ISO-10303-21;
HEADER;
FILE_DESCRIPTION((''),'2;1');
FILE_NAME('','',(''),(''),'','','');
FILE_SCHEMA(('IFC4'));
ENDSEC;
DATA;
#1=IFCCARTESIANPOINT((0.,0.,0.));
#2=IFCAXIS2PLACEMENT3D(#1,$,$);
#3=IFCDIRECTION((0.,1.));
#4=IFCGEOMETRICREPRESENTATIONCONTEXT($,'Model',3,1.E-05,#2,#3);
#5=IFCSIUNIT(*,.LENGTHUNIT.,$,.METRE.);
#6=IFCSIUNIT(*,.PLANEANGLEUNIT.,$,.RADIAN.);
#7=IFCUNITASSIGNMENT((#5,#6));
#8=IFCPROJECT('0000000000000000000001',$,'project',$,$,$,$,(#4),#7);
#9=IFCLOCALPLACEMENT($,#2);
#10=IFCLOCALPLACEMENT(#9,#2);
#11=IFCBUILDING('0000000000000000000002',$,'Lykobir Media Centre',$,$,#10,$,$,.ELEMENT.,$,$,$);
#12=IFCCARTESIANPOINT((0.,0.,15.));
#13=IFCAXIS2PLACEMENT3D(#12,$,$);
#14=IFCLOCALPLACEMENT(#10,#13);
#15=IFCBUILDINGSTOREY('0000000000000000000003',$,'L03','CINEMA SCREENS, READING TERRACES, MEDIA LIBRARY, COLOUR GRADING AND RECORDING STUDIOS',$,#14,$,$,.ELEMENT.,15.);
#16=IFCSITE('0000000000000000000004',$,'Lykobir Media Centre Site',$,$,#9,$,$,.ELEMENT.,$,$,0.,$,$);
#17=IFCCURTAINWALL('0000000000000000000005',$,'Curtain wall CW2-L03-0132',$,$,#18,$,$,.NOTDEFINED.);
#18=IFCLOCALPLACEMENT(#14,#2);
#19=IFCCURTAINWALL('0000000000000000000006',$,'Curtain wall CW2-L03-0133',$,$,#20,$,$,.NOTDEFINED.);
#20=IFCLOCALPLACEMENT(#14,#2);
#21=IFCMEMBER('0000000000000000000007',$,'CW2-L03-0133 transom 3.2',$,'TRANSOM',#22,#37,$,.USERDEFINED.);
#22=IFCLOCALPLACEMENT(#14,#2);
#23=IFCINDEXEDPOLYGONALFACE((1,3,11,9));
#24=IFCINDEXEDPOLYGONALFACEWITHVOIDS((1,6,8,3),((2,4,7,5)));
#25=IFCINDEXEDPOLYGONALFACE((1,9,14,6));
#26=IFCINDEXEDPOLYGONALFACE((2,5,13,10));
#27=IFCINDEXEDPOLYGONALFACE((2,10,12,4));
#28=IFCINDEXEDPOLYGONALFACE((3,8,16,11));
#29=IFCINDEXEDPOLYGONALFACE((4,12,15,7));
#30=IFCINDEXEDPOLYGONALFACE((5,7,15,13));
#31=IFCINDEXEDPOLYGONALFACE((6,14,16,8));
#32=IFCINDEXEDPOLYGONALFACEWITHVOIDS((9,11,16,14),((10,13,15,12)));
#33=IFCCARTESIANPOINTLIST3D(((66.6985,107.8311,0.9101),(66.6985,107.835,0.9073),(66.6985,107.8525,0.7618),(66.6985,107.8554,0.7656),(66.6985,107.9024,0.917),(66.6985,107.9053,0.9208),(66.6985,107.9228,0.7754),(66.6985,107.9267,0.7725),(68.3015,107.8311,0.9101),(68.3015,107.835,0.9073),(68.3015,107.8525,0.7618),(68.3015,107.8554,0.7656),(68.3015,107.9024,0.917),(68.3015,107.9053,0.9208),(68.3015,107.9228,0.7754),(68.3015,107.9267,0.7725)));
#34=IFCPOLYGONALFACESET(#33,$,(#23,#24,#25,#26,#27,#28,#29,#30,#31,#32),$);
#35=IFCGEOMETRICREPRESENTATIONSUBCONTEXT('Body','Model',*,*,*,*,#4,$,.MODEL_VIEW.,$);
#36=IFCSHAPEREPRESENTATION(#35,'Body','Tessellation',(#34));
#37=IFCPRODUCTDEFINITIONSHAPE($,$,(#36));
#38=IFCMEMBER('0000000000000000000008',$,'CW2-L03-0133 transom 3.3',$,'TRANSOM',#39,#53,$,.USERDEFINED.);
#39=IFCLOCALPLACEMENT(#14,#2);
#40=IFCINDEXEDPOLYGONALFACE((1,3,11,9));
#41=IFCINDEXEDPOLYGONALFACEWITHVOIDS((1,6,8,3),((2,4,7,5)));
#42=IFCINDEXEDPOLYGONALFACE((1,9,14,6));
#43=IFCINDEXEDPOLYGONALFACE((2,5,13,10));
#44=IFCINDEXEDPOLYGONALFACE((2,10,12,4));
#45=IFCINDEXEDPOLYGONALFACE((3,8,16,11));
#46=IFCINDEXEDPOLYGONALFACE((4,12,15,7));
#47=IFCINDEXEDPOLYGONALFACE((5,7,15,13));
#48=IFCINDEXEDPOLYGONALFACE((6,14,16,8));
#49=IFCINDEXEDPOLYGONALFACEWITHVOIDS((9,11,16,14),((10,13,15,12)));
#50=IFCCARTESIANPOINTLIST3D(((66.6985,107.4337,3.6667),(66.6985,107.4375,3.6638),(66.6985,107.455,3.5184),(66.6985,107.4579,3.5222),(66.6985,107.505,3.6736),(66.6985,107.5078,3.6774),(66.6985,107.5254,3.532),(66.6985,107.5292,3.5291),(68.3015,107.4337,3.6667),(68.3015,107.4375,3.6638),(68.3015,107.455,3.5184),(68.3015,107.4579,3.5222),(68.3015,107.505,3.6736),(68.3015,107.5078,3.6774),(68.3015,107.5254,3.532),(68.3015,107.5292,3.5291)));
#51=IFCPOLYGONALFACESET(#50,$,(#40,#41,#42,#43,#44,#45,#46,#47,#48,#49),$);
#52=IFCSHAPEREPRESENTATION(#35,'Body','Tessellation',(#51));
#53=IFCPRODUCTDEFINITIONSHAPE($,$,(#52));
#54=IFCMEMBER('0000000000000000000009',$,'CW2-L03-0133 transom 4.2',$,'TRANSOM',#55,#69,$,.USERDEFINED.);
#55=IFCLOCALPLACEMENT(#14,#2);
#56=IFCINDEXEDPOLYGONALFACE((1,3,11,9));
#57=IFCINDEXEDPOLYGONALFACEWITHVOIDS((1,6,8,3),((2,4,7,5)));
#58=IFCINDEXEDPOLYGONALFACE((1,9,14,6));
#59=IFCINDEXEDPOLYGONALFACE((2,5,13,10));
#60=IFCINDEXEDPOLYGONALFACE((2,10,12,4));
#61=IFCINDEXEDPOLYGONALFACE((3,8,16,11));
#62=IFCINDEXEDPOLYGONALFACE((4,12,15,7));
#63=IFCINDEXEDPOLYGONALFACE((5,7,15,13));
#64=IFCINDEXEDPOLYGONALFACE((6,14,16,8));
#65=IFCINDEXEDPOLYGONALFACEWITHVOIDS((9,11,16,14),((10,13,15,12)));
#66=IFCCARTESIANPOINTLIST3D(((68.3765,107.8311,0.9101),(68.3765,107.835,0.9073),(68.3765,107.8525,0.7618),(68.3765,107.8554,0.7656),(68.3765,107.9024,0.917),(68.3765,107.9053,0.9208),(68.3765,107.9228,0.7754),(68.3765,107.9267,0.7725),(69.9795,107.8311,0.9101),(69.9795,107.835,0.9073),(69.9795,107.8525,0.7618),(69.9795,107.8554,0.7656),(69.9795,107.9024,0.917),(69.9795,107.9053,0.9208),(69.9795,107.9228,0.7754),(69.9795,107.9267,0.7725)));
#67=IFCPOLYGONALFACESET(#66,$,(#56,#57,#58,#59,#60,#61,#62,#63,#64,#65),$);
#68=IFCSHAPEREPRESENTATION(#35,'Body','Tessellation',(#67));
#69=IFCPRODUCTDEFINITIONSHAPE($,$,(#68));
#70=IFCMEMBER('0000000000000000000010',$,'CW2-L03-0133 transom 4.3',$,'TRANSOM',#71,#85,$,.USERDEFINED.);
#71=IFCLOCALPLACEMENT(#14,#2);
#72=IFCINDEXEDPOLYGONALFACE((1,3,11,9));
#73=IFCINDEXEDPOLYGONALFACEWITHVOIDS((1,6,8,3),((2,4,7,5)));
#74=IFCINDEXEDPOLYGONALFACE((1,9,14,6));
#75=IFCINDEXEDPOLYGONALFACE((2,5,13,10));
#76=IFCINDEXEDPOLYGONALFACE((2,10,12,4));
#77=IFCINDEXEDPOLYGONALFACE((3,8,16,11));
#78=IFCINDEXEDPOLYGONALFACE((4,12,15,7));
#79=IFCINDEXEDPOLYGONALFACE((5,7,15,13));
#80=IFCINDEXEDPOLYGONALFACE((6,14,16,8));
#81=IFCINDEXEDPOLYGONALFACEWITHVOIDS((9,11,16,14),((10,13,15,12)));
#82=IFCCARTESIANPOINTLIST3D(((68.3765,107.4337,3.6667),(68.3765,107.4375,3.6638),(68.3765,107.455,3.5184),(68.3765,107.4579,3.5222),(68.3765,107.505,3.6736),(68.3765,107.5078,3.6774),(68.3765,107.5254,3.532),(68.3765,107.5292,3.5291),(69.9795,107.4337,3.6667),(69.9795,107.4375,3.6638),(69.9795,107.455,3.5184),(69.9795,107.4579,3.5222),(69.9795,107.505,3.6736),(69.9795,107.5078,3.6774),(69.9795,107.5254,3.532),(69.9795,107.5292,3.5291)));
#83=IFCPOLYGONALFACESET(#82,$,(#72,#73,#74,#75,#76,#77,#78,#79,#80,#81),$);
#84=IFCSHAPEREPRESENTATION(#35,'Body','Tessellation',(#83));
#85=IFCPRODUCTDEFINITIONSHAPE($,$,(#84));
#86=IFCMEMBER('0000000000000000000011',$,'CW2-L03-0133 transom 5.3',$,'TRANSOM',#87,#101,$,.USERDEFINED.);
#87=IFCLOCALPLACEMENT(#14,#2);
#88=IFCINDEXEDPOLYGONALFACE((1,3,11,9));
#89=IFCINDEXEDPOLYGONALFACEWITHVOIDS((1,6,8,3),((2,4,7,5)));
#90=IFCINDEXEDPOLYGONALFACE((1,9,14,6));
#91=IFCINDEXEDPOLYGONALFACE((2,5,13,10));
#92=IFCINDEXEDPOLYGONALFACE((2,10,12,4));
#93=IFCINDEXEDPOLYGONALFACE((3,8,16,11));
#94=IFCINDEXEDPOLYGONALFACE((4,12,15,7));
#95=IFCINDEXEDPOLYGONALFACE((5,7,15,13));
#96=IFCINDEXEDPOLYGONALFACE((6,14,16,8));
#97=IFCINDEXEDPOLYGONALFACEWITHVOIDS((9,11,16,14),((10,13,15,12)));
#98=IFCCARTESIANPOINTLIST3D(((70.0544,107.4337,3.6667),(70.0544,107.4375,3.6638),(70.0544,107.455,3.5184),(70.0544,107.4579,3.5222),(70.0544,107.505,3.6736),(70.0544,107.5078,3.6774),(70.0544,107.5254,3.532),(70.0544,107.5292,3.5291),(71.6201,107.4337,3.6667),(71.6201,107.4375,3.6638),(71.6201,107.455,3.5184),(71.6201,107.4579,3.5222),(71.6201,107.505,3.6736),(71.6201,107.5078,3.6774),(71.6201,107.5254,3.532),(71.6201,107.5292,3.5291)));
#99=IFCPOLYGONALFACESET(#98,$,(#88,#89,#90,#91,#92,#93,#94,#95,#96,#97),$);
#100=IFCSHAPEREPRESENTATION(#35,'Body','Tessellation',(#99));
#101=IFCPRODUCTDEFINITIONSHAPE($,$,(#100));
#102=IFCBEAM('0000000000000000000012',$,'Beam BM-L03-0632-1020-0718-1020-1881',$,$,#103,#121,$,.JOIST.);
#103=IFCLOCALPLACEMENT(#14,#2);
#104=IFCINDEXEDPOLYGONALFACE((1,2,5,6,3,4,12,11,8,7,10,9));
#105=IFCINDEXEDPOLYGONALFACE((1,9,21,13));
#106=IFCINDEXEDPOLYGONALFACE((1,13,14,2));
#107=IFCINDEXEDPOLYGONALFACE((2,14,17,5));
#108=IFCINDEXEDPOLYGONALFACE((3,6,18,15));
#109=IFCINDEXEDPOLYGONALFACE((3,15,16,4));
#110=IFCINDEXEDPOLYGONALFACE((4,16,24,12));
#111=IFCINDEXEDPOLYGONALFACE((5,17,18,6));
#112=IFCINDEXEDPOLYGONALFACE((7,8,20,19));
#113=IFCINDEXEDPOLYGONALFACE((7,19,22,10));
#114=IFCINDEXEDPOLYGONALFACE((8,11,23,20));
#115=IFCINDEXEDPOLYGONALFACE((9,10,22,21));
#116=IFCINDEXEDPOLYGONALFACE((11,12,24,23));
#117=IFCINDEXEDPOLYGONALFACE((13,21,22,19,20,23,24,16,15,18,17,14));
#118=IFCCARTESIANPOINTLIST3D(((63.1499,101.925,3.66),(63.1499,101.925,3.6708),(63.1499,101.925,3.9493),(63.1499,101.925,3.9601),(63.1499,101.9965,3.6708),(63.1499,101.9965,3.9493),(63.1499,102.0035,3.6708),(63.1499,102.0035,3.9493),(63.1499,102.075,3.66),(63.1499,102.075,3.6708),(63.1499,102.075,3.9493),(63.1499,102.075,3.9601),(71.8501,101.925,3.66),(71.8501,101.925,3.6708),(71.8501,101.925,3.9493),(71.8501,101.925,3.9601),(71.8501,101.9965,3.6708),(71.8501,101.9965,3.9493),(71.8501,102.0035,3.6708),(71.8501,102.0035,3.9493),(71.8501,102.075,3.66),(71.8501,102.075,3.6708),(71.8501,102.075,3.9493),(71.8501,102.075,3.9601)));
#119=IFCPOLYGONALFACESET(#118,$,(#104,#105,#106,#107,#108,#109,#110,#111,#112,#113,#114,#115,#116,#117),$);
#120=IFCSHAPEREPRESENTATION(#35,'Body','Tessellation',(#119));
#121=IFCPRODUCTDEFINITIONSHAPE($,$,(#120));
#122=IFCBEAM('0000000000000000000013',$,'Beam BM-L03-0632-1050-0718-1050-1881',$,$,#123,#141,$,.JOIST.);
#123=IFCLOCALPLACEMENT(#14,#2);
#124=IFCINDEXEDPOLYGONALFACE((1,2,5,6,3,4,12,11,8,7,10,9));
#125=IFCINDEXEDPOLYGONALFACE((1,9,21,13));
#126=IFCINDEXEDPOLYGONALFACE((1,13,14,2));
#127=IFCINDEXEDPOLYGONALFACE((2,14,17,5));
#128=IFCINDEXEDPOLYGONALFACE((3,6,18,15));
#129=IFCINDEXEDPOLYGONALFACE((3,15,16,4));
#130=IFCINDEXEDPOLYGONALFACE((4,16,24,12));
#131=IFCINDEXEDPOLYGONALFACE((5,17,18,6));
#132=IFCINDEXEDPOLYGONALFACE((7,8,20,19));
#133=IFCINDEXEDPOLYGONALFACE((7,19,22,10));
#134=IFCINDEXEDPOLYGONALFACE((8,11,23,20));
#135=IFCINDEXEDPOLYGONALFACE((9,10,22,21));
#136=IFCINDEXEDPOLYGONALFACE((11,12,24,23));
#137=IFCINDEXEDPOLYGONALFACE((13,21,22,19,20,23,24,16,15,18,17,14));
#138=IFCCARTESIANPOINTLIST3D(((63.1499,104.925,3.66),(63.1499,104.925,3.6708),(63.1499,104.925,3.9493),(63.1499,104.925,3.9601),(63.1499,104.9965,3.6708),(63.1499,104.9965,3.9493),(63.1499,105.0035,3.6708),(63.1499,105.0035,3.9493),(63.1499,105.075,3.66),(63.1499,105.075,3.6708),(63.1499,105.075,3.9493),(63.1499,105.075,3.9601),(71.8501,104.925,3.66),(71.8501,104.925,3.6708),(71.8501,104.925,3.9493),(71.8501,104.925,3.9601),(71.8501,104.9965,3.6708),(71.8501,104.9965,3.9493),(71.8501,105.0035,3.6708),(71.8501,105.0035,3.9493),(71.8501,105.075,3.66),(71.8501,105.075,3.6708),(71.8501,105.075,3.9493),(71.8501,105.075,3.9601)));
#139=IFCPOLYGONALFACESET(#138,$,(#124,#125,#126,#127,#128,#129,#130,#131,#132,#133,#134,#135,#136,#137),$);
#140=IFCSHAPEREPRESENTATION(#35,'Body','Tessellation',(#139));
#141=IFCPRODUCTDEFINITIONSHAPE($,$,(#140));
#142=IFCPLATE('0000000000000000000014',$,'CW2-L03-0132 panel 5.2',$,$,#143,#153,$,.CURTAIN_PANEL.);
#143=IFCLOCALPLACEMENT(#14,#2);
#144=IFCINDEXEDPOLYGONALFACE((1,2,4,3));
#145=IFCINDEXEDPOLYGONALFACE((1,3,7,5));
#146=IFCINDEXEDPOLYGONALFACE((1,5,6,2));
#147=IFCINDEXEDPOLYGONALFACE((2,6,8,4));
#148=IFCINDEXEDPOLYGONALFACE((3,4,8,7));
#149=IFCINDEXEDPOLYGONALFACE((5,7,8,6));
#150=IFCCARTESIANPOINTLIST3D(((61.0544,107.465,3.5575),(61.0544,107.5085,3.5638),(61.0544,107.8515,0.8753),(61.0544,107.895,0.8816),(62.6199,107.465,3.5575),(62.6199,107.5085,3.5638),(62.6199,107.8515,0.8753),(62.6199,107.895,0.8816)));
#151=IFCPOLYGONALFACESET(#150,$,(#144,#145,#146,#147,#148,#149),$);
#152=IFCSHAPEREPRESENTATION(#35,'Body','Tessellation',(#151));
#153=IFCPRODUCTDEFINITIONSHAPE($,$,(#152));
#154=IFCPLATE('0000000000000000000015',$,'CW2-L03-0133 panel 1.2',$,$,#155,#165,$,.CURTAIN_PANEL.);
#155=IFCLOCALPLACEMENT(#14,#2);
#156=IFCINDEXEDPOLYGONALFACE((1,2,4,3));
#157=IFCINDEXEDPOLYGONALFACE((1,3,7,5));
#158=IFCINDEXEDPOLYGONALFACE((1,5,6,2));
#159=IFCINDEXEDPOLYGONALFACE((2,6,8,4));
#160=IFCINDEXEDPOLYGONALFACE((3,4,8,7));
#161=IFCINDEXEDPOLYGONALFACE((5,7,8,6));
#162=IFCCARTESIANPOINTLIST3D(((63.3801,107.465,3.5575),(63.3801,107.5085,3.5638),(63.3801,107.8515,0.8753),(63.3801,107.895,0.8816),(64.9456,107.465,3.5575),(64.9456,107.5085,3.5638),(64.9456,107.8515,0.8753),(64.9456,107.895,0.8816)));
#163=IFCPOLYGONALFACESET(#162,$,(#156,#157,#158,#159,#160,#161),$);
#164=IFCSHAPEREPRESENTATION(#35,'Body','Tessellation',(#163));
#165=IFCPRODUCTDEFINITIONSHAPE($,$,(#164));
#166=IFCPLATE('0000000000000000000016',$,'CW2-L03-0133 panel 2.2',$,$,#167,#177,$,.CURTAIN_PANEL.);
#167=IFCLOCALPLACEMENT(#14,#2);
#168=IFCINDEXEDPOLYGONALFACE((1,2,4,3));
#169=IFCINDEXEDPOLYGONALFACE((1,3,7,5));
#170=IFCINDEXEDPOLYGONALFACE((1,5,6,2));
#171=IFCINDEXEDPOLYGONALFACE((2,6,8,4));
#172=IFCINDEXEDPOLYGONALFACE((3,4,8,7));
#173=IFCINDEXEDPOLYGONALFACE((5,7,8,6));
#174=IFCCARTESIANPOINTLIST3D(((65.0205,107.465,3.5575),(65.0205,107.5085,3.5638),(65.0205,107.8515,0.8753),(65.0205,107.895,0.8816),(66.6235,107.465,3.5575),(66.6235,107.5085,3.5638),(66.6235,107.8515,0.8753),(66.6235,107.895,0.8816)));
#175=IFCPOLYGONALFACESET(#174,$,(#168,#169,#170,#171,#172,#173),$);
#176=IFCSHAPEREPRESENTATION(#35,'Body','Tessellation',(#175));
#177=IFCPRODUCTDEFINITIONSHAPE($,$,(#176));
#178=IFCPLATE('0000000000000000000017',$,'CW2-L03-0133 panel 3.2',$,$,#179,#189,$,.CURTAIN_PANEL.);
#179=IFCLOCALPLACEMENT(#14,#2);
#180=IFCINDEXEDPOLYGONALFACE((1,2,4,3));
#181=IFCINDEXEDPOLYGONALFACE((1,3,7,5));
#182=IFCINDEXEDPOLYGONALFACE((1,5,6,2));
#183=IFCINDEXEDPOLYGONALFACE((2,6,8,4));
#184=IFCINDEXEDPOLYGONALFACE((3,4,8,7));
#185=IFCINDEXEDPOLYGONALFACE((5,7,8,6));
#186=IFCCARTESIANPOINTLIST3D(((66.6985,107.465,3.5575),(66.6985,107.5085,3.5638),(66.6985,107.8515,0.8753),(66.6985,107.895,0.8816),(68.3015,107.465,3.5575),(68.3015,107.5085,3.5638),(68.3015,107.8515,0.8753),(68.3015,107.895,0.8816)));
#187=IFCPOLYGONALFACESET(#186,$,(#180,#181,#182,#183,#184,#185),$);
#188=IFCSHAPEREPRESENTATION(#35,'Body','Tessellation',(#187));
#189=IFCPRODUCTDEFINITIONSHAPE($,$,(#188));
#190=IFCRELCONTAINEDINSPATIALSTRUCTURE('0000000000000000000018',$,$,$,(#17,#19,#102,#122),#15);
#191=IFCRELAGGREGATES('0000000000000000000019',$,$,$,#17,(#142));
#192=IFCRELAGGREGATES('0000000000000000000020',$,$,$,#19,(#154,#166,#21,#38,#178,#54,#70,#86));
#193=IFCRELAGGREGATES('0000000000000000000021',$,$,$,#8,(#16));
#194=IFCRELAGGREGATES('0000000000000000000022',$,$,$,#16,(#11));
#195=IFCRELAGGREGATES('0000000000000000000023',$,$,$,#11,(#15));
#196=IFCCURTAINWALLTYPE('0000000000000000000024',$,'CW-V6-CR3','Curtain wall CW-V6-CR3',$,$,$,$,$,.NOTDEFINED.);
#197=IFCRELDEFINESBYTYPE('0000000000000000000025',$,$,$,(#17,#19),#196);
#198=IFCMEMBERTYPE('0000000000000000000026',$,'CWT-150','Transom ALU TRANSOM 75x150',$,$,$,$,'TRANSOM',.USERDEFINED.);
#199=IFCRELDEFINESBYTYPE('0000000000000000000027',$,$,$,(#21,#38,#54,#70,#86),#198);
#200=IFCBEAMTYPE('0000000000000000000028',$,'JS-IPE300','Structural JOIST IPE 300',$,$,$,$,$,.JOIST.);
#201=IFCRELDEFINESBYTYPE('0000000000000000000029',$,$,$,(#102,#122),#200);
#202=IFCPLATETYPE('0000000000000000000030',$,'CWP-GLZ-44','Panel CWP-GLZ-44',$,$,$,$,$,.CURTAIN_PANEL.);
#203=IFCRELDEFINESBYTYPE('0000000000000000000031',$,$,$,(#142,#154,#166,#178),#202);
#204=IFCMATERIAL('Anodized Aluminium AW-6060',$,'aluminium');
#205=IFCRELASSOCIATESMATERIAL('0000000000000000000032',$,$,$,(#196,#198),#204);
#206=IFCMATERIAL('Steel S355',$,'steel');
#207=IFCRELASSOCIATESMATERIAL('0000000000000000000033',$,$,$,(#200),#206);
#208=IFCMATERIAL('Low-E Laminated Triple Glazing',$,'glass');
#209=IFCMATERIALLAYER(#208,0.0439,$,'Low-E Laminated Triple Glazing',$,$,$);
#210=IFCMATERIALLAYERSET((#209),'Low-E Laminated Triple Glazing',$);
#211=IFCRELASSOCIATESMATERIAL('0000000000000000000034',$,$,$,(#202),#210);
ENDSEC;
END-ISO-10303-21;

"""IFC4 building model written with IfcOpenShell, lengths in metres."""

from ifc_helpers import new_model, si_unit, direction, frame, origin, origin_2d, place, context, subcontext, project, spatial, rectangle, hollow_rectangle, i_section, extrude, material, layer, layer_set, material_profile, profile_set, type_object, element, aggregate, save


model = new_model("IFC4")

# Units and contexts
model_context = context("Model", 3, precision=1e-05, world=origin(), true_north=direction((0.0, 1.0)))
body_context = subcontext(model_context, "Body", "Model", "MODEL_VIEW")
ifc_project = project(units=[si_unit("LENGTHUNIT", "METRE"), si_unit("PLANEANGLEUNIT", "RADIAN")], contexts=[model_context])

# Site, building, storey
site_placement = place(None, origin())
site = spatial("IfcSite", under=ifc_project, at=site_placement, Name="Lykobir Media Centre Site", CompositionType="ELEMENT", RefElevation=0.0)
building_placement = place(site_placement, origin())
building = spatial("IfcBuilding", under=site, at=building_placement, Name="Lykobir Media Centre", CompositionType="ELEMENT")
storey_placement = place(building_placement, frame((0.0, 0.0, 15.0)))
storey = spatial("IfcBuildingStorey", under=building, at=storey_placement, Name="L03", Description="CINEMA SCREENS, READING TERRACES, MEDIA LIBRARY, COLOUR GRADING AND RECORDING STUDIOS", CompositionType="ELEMENT", Elevation=15.0)

# Shared definitions
ifc_material_1 = material(Name="Steel S355", Category="steel")

# Curtain walls, members
ifc_material_2 = material(Name="Anodized Aluminium AW-6060", Category="aluminium")
curtain_wall_type = type_object("IfcCurtainWallType", Name="CW-V6-CR3", Description="Curtain wall CW-V6-CR3", PredefinedType="NOTDEFINED", material=ifc_material_2)
curtain_wall_1_placement = place(storey_placement, origin())
curtain_wall_1 = element("IfcCurtainWall", 1, at=curtain_wall_1_placement, inside=storey, type_object=curtain_wall_type, Name="Curtain wall CW2-L03-0132", PredefinedType="NOTDEFINED")
ifc_material_profile_1 = material_profile(ifc_material_2, hollow_rectangle(XDim=0.075, YDim=0.1499, WallThickness=0.0034, at=origin_2d()), Name="ALU TRANSOM 75x150")
ifc_profile_set_1 = profile_set([ifc_material_profile_1], Name="Anodized Aluminium AW-6060")
member_type = type_object("IfcMemberType", Name="CWT-150", Description="Transom ALU TRANSOM 75x150", ElementType="TRANSOM", PredefinedType="USERDEFINED", material=ifc_profile_set_1)
curtain_wall_2_placement = place(storey_placement, origin())
curtain_wall_2 = element("IfcCurtainWall", 2, at=curtain_wall_2_placement, inside=storey, type_object=curtain_wall_type, Name="Curtain wall CW2-L03-0133", PredefinedType="NOTDEFINED")
member_1_placement = place(storey_placement, frame((66.6985, 107.8789, 0.8413), z_axis=(1.0, 0.0, 0.0), x_axis=(0.0, 0.989776, 0.142629)))
member_1 = element("IfcMember", 3, at=member_1_placement, type_object=member_type, Name="CW2-L03-0133 transom 3.2", ObjectType="TRANSOM", PredefinedType="USERDEFINED", context=body_context, shape_type="SweptSolid", body=[
    extrude(hollow_rectangle(XDim=0.075, YDim=0.1499, WallThickness=0.0034, at=origin_2d()), origin(), (0.0, 0.0, 1.0), 1.603),
])
member_2_placement = place(storey_placement, frame((66.6985, 107.4814, 3.5979), z_axis=(1.0, 0.0, 0.0), x_axis=(0.0, 0.989776, 0.142629)))
member_2 = element("IfcMember", 4, at=member_2_placement, type_object=member_type, Name="CW2-L03-0133 transom 3.3", ObjectType="TRANSOM", PredefinedType="USERDEFINED", context=body_context, shape_type="SweptSolid", body=[
    extrude(hollow_rectangle(XDim=0.075, YDim=0.1499, WallThickness=0.0034, at=origin_2d()), origin(), (0.0, 0.0, 1.0), 1.603),
])
member_3_placement = place(storey_placement, frame((68.3765, 107.8789, 0.8413), z_axis=(1.0, 0.0, 0.0), x_axis=(0.0, 0.989776, 0.142629)))
member_3 = element("IfcMember", 5, at=member_3_placement, type_object=member_type, Name="CW2-L03-0133 transom 4.2", ObjectType="TRANSOM", PredefinedType="USERDEFINED", context=body_context, shape_type="SweptSolid", body=[
    extrude(hollow_rectangle(XDim=0.075, YDim=0.1499, WallThickness=0.0034, at=origin_2d()), origin(), (0.0, 0.0, 1.0), 1.603),
])
member_4_placement = place(storey_placement, frame((68.3765, 107.4814, 3.5979), z_axis=(1.0, 0.0, 0.0), x_axis=(0.0, 0.989776, 0.142629)))
member_4 = element("IfcMember", 6, at=member_4_placement, type_object=member_type, Name="CW2-L03-0133 transom 4.3", ObjectType="TRANSOM", PredefinedType="USERDEFINED", context=body_context, shape_type="SweptSolid", body=[
    extrude(hollow_rectangle(XDim=0.075, YDim=0.1499, WallThickness=0.0034, at=origin_2d()), origin(), (0.0, 0.0, 1.0), 1.603),
])
member_5_placement = place(storey_placement, frame((70.0544, 107.4814, 3.5979), z_axis=(1.0, 0.0, 0.0), x_axis=(0.0, 0.989776, 0.142629)))
member_5 = element("IfcMember", 7, at=member_5_placement, type_object=member_type, Name="CW2-L03-0133 transom 5.3", ObjectType="TRANSOM", PredefinedType="USERDEFINED", context=body_context, shape_type="SweptSolid", body=[
    extrude(hollow_rectangle(XDim=0.075, YDim=0.1499, WallThickness=0.0034, at=origin_2d()), origin(), (0.0, 0.0, 1.0), 1.5657),
])

# Beams
ifc_material_profile_2 = material_profile(ifc_material_1, i_section(OverallWidth=0.1499, OverallDepth=0.3, WebThickness=0.0071, FlangeThickness=0.0107, at=origin_2d()), Name="IPE 300")
ifc_profile_set_2 = profile_set([ifc_material_profile_2], Name="Steel S355")
beam_type_1 = type_object("IfcBeamType", Name="JS-IPE300", Description="Structural JOIST IPE 300", PredefinedType="JOIST", material=ifc_profile_set_2)
for number, where, z_axis, x_axis, name in (
    (8, (63.1499, 102.0, 3.8101), (1.0, 0.0, 0.0), (0.0, 1.0, 0.0), "Beam BM-L03-0632-1020-0718-1020-1881"),
    (9, (63.1499, 105.0, 3.8101), (1.0, 0.0, 0.0), (0.0, 1.0, 0.0), "Beam BM-L03-0632-1050-0718-1050-1881"),
):
    element("IfcBeam", number, at=place(storey_placement, frame(where, z_axis=z_axis, x_axis=x_axis)), inside=storey, type_object=beam_type_1, Name=name, PredefinedType="JOIST", context=body_context, shape_type="SweptSolid", body=[
        extrude(i_section(OverallWidth=0.1499, OverallDepth=0.3, WebThickness=0.0071, FlangeThickness=0.0107, at=origin_2d()), origin(), (0.0, 0.0, 1.0), 8.7002),
    ])

# Plates
ifc_material_3 = material(Name="Low-E Laminated Triple Glazing", Category="glass")
ifc_layer = layer(ifc_material_3, 0.0439, Name="Low-E Laminated Triple Glazing")
ifc_layer_set = layer_set([ifc_layer], Name="Low-E Laminated Triple Glazing")
plate_type = type_object("IfcPlateType", Name="CWP-GLZ-44", Description="Panel CWP-GLZ-44", PredefinedType="CURTAIN_PANEL", material=ifc_layer_set)
plate_1_placement = place(storey_placement, frame((61.8372, 107.8733, 0.8784), z_axis=(0.0, -0.142629, 0.989776), x_axis=(1.0, 0.0, 0.0)))
plate_1 = element("IfcPlate", 10, at=plate_1_placement, type_object=plate_type, Name="CW2-L03-0132 panel 5.2", PredefinedType="CURTAIN_PANEL", context=body_context, shape_type="SweptSolid", body=[
    extrude(rectangle(XDim=1.5654, YDim=0.0439, at=origin_2d()), origin(), (0.0, 0.0, 1.0), 2.71),
])
aggregate(curtain_wall_1, [plate_1])
plate_2_placement = place(storey_placement, frame((64.1628, 107.8733, 0.8784), z_axis=(0.0, -0.142629, 0.989776), x_axis=(1.0, 0.0, 0.0)))
plate_2 = element("IfcPlate", 11, at=plate_2_placement, type_object=plate_type, Name="CW2-L03-0133 panel 1.2", PredefinedType="CURTAIN_PANEL", context=body_context, shape_type="SweptSolid", body=[
    extrude(rectangle(XDim=1.5654, YDim=0.0439, at=origin_2d()), origin(), (0.0, 0.0, 1.0), 2.71),
])
plate_3_placement = place(storey_placement, frame((65.822, 107.8733, 0.8784), z_axis=(0.0, -0.142629, 0.989776), x_axis=(1.0, 0.0, 0.0)))
plate_3 = element("IfcPlate", 12, at=plate_3_placement, type_object=plate_type, Name="CW2-L03-0133 panel 2.2", PredefinedType="CURTAIN_PANEL", context=body_context, shape_type="SweptSolid", body=[
    extrude(rectangle(XDim=1.603, YDim=0.0439, at=origin_2d()), origin(), (0.0, 0.0, 1.0), 2.71),
])
plate_4_placement = place(storey_placement, frame((67.5, 107.8733, 0.8784), z_axis=(0.0, -0.142629, 0.989776), x_axis=(1.0, 0.0, 0.0)))
plate_4 = element("IfcPlate", 13, at=plate_4_placement, type_object=plate_type, Name="CW2-L03-0133 panel 3.2", PredefinedType="CURTAIN_PANEL", context=body_context, shape_type="SweptSolid", body=[
    extrude(rectangle(XDim=1.603, YDim=0.0439, at=origin_2d()), origin(), (0.0, 0.0, 1.0), 2.71),
])
aggregate(curtain_wall_2, [plate_2, plate_3, member_1, member_2, plate_4, member_3, member_4, member_5])

save(model, "model.ifc")
